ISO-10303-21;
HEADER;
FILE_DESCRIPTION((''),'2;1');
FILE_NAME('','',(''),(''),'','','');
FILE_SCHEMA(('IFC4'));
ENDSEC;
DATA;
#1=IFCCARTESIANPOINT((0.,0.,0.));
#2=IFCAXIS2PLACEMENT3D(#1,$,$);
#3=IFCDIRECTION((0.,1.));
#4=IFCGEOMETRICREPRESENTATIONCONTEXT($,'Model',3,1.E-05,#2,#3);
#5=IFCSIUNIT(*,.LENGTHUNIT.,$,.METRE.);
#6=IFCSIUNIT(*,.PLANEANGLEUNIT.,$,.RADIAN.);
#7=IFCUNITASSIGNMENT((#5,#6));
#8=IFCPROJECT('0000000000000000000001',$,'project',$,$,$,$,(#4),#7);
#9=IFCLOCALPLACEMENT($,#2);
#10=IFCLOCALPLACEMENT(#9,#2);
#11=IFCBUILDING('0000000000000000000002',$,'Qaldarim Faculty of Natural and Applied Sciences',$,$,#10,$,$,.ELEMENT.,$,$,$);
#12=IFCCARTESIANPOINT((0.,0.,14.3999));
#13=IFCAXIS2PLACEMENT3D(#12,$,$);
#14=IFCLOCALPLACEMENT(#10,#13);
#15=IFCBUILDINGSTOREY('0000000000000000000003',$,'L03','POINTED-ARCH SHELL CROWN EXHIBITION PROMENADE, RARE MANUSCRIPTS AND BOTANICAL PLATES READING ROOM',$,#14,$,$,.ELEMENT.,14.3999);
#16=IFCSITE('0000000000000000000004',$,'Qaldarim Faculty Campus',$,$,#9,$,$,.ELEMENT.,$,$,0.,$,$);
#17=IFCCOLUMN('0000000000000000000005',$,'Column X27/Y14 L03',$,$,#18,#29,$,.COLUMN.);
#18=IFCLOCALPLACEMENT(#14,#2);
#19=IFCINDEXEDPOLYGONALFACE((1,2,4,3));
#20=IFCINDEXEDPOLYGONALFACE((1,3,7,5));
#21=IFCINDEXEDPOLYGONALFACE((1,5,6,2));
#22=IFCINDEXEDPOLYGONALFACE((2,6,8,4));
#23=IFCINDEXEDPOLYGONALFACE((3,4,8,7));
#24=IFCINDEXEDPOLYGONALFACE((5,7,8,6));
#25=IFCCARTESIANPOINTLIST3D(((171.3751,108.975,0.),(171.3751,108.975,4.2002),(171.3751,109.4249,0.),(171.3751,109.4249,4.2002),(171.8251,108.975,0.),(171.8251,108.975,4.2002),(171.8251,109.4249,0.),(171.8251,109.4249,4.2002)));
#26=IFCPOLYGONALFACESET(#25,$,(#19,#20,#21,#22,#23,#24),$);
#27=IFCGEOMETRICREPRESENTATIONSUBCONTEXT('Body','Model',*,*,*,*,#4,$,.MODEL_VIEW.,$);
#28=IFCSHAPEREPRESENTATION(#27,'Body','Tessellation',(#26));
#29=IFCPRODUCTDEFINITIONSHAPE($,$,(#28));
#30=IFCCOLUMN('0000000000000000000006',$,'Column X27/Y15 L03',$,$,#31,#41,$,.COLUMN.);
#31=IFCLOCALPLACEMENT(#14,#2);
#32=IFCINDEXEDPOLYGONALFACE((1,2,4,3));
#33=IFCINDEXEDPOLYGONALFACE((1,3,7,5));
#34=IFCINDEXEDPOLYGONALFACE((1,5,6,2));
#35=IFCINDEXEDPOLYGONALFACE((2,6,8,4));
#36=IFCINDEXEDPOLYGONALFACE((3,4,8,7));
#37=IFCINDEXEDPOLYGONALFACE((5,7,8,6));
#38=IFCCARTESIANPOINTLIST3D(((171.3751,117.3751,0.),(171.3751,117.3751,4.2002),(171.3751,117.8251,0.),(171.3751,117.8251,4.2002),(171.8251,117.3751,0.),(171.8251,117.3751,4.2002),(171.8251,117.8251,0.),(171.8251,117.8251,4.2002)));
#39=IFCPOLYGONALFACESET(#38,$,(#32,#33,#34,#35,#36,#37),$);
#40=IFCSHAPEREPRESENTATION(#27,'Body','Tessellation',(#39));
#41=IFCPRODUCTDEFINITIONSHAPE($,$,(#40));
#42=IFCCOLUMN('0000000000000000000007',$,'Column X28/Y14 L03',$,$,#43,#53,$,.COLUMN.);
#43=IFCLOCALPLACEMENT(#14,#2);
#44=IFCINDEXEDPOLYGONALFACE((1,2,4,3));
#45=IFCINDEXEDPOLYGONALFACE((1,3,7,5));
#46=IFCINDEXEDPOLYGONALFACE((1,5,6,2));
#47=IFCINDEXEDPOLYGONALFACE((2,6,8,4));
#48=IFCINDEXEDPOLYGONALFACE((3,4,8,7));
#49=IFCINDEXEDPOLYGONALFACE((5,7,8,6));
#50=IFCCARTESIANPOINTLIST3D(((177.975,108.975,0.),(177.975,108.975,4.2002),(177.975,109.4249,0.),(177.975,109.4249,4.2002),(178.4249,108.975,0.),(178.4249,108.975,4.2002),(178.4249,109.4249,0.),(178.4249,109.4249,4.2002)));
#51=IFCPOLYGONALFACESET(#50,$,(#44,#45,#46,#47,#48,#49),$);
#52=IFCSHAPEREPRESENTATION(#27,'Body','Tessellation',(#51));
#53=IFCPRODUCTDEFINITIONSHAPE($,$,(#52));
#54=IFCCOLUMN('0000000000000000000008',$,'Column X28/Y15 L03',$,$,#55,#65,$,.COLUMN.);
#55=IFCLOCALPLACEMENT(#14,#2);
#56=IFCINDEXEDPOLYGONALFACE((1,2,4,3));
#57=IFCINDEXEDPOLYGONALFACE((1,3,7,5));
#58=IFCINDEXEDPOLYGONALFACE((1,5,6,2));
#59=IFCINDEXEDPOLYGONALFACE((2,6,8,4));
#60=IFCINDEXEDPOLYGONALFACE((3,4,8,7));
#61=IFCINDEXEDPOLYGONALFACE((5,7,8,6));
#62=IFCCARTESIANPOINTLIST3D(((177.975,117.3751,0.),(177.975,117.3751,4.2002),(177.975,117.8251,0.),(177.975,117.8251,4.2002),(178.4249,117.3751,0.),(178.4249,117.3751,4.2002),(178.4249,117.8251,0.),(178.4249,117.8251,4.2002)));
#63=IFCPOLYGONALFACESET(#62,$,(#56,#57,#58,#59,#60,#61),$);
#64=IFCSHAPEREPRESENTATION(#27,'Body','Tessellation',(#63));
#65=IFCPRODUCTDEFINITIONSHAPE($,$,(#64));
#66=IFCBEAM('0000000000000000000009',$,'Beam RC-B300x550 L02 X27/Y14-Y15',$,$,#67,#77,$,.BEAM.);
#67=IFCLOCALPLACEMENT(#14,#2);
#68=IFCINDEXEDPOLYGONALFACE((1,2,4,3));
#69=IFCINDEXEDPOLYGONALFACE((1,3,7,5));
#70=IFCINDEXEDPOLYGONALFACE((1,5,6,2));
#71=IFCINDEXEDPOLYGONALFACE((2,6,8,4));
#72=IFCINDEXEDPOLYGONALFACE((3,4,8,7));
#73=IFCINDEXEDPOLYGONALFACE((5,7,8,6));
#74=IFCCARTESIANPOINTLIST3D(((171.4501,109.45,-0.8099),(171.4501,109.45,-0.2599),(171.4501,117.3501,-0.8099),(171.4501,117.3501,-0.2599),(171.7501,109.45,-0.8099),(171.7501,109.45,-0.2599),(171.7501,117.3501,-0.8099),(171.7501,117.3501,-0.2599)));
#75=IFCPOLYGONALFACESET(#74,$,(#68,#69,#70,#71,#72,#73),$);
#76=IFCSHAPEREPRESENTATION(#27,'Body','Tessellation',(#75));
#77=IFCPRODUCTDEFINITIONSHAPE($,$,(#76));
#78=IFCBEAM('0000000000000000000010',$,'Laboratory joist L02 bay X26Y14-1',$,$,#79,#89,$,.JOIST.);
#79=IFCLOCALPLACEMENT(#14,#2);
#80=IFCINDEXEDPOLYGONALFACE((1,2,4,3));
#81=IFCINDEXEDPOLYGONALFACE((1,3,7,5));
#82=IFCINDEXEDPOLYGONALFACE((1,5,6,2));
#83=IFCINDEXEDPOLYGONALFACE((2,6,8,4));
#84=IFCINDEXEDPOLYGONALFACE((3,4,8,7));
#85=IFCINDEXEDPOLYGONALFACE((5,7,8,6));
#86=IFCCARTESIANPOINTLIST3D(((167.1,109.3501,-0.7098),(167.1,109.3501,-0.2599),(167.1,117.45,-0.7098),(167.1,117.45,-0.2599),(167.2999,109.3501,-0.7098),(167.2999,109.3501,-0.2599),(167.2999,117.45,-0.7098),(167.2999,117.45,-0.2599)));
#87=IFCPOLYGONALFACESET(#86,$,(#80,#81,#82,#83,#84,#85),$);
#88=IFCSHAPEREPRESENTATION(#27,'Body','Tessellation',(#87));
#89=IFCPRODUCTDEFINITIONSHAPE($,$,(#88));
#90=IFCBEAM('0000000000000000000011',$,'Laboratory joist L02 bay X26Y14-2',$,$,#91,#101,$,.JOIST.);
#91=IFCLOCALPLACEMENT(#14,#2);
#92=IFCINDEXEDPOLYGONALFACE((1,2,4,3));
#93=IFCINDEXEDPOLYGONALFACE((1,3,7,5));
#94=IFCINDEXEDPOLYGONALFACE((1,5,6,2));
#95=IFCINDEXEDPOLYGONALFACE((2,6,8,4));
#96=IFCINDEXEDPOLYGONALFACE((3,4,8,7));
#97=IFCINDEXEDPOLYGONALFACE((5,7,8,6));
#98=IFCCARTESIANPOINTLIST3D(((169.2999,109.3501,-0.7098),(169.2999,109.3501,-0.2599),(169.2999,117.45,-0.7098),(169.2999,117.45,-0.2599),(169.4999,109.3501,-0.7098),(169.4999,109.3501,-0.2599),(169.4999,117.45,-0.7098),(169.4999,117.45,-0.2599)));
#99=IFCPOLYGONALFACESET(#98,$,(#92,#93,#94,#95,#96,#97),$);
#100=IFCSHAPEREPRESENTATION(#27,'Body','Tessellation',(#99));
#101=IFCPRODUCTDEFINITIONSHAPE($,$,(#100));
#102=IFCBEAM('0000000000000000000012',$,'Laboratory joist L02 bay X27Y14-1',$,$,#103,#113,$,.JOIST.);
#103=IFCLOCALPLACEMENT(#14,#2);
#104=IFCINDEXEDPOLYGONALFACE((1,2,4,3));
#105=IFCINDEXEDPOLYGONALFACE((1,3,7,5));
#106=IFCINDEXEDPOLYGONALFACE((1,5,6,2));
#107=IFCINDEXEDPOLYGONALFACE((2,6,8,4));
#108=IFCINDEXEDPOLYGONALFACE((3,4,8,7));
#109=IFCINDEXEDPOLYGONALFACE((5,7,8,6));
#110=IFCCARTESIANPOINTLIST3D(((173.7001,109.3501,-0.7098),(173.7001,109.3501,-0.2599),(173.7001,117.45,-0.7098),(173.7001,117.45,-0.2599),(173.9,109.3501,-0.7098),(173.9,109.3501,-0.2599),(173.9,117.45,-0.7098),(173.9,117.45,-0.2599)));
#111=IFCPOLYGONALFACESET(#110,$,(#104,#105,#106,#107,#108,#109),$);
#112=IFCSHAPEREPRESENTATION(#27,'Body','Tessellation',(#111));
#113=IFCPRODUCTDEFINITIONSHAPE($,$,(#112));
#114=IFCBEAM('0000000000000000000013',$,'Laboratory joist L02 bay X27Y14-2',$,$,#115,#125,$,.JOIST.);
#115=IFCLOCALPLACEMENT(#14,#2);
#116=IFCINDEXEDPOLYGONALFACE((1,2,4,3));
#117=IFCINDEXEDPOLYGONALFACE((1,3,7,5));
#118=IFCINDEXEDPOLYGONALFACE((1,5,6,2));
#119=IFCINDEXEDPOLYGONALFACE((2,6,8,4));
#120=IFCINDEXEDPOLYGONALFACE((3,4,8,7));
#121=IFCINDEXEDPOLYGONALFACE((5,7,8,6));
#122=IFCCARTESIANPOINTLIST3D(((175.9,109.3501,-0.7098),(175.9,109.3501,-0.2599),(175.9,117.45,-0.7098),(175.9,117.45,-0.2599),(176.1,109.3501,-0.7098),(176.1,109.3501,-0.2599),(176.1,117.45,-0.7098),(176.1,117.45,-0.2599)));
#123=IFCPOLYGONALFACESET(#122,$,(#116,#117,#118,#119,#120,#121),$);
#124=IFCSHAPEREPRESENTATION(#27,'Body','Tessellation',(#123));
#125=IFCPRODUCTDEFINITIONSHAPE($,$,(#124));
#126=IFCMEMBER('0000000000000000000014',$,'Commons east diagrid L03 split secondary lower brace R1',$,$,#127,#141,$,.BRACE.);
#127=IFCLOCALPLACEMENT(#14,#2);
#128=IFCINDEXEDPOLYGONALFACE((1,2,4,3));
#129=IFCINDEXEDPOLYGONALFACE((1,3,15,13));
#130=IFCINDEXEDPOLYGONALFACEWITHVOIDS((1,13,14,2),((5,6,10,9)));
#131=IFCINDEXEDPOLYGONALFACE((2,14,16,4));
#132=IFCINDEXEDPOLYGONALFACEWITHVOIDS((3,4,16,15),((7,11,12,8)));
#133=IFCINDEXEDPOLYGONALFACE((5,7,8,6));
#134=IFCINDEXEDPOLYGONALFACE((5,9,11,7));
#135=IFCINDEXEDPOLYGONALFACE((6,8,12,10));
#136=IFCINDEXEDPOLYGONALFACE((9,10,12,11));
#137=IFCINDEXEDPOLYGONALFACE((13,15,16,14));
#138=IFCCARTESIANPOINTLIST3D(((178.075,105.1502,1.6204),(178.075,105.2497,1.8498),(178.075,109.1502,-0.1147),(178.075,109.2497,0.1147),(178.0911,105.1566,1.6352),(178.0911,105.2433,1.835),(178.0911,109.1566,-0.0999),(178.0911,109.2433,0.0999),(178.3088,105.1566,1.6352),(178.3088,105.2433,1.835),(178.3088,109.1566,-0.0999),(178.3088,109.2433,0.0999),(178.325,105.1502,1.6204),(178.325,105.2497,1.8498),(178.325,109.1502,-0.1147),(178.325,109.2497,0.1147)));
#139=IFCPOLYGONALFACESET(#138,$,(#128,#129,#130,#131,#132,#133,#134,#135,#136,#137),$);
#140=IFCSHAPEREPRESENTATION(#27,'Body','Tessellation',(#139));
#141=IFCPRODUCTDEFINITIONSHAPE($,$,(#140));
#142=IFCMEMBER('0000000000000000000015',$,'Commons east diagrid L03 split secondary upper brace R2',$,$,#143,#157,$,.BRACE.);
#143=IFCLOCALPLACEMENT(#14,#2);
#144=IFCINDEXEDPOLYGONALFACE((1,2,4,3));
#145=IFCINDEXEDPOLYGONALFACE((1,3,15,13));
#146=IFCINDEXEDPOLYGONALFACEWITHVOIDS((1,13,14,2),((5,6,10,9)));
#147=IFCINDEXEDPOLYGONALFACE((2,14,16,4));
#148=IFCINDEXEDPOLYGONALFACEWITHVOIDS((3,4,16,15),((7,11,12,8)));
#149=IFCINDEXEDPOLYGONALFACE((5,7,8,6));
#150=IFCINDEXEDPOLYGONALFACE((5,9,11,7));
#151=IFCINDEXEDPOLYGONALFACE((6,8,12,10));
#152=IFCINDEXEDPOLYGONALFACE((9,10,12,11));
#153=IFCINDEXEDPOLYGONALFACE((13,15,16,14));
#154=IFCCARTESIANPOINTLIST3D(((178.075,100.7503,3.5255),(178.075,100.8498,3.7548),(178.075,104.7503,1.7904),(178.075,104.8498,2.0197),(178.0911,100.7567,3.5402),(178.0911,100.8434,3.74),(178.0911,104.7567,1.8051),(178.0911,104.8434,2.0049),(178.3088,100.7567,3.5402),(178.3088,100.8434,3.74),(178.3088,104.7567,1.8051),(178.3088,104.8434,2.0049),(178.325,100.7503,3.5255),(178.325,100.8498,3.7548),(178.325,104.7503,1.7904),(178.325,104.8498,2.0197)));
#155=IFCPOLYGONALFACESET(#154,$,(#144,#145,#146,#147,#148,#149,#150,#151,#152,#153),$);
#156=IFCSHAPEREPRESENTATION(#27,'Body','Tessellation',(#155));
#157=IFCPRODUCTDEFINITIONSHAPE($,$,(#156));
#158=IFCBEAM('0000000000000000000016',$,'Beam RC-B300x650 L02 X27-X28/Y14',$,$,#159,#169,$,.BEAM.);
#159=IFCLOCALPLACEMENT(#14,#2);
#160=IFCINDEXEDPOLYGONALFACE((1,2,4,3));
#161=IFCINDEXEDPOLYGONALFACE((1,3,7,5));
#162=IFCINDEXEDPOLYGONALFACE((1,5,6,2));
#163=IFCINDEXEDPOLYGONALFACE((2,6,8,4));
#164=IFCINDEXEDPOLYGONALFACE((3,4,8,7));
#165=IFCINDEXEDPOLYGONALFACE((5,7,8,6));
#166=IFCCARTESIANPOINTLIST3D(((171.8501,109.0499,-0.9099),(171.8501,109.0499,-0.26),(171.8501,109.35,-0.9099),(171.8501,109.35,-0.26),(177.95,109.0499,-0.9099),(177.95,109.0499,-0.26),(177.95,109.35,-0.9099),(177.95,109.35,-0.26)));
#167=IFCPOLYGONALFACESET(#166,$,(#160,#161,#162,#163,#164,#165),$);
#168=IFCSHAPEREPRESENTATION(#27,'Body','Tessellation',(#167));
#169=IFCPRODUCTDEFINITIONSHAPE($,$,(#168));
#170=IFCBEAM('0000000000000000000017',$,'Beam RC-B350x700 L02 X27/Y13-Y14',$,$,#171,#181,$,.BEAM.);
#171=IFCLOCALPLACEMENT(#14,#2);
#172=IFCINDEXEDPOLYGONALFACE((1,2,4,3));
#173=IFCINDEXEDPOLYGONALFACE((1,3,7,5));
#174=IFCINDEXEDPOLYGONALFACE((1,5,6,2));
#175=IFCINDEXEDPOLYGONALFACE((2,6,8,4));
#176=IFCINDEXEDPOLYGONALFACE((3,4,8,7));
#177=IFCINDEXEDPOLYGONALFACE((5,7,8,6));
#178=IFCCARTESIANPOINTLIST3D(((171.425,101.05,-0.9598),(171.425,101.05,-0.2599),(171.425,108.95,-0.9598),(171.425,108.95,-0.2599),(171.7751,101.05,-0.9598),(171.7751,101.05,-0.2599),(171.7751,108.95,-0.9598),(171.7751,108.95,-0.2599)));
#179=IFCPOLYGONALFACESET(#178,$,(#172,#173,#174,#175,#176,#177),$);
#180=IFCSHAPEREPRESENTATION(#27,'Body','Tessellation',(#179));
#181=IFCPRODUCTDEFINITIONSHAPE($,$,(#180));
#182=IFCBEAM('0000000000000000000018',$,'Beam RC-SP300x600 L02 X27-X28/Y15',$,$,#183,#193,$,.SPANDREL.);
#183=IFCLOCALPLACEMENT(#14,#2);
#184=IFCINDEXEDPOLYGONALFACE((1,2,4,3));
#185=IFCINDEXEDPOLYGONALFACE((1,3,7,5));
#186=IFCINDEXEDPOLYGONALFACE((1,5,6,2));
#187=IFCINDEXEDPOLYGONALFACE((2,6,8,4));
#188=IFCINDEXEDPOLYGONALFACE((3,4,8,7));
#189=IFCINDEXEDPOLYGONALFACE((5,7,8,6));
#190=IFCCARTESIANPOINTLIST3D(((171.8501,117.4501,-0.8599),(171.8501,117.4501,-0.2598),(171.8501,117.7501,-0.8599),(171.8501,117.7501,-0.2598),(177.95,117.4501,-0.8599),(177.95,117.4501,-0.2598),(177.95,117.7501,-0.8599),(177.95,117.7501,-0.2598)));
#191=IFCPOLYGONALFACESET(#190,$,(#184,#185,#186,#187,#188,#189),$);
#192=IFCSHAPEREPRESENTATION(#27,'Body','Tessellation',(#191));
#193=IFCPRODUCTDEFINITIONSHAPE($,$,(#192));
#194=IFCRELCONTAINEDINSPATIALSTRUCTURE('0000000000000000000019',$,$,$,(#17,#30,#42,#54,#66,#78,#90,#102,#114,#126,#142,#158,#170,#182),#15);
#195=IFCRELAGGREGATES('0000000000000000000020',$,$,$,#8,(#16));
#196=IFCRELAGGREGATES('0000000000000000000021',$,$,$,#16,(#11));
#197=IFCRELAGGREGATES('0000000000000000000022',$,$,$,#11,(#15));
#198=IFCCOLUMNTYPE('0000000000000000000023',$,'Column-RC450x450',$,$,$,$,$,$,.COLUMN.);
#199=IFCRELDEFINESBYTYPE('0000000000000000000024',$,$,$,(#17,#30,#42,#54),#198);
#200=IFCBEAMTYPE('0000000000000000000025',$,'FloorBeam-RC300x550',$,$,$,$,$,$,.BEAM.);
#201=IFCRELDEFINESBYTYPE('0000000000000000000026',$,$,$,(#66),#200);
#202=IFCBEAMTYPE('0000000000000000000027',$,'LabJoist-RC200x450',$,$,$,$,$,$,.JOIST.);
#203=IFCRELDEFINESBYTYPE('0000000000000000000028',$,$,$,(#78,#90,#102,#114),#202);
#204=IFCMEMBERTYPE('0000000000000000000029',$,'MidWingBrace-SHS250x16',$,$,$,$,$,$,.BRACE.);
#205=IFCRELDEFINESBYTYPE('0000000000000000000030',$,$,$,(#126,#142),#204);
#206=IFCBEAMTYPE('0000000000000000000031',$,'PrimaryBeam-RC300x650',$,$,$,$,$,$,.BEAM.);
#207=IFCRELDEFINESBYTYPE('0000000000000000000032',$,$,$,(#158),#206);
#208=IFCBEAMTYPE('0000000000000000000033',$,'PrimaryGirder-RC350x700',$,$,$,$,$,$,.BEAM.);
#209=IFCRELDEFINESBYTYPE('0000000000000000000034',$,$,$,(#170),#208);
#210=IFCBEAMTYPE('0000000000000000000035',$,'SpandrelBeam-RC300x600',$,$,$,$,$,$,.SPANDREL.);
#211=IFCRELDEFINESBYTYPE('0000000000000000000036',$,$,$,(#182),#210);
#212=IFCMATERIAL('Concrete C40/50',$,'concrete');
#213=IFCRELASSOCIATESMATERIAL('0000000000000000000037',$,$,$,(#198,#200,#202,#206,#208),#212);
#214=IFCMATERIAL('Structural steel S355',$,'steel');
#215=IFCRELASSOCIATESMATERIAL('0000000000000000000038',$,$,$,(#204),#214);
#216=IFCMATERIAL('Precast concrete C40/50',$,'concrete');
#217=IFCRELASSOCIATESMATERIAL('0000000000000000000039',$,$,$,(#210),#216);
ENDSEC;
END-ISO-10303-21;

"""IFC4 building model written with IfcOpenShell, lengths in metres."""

from ifc_helpers import new_model, si_unit, direction, frame, origin, origin_2d, place, context, subcontext, project, spatial, rectangle, hollow_rectangle, extrude, material, material_profile, profile_set, type_object, element, save


model = new_model("IFC4")

# Units and contexts
model_context = context("Model", 3, precision=1e-05, world=origin(), true_north=direction((0.0, 1.0)))
body_context = subcontext(model_context, "Body", "Model", "MODEL_VIEW")
ifc_project = project(units=[si_unit("LENGTHUNIT", "METRE"), si_unit("PLANEANGLEUNIT", "RADIAN")], contexts=[model_context])

# Site, building, storey
site_placement = place(None, origin())
site = spatial("IfcSite", under=ifc_project, at=site_placement, Name="Qaldarim Faculty Campus", CompositionType="ELEMENT", RefElevation=0.0)
building_placement = place(site_placement, origin())
building = spatial("IfcBuilding", under=site, at=building_placement, Name="Qaldarim Faculty of Natural and Applied Sciences", CompositionType="ELEMENT")
storey_placement = place(building_placement, frame((0.0, 0.0, 14.3999)))
storey = spatial("IfcBuildingStorey", under=building, at=storey_placement, Name="L03", Description="POINTED-ARCH SHELL CROWN EXHIBITION PROMENADE, RARE MANUSCRIPTS AND BOTANICAL PLATES READING ROOM", CompositionType="ELEMENT", Elevation=14.3999)

# Columns
ifc_material_1 = material(Name="Concrete C40/50", Category="concrete")
ifc_material_profile_1 = material_profile(ifc_material_1, rectangle(XDim=0.45, YDim=0.45, at=origin_2d()), Name="RC-C450x450")
ifc_profile_set_1 = profile_set([ifc_material_profile_1], Name="Concrete C40/50")
column_type = type_object("IfcColumnType", Name="Column-RC450x450", PredefinedType="COLUMN", material=ifc_profile_set_1)
for number, where, z_axis, x_axis, name in (
    (1, (171.6001, 109.2, 0.0), (0.0, 0.0, 1.0), (1.0, 0.0, 0.0), "Column X27/Y14 L03"),
    (2, (171.6001, 117.6001, 0.0), (0.0, 0.0, 1.0), (1.0, 0.0, 0.0), "Column X27/Y15 L03"),
    (3, (178.2, 109.2, 0.0), (0.0, 0.0, 1.0), (1.0, 0.0, 0.0), "Column X28/Y14 L03"),
    (4, (178.2, 117.6001, 0.0), (0.0, 0.0, 1.0), (1.0, 0.0, 0.0), "Column X28/Y15 L03"),
):
    element("IfcColumn", number, at=place(storey_placement, frame(where, z_axis=z_axis, x_axis=x_axis)), inside=storey, type_object=column_type, Name=name, PredefinedType="COLUMN", context=body_context, shape_type="SweptSolid", body=[
        extrude(rectangle(XDim=0.45, YDim=0.45, at=origin_2d()), origin(), (0.0, 0.0, 1.0), 4.2002),
    ])

# Beams
ifc_material_profile_2 = material_profile(ifc_material_1, rectangle(XDim=0.3, YDim=0.55, at=origin_2d()), Name="RC-B300x550")
ifc_profile_set_2 = profile_set([ifc_material_profile_2], Name="Concrete C40/50")
beam_type_1 = type_object("IfcBeamType", Name="FloorBeam-RC300x550", PredefinedType="BEAM", material=ifc_profile_set_2)
beam_1_placement = place(storey_placement, frame((171.6001, 109.45, -0.5349), z_axis=(0.0, 1.0, 0.0), x_axis=(-1.0, 0.0, 0.0)))
element("IfcBeam", 5, at=beam_1_placement, inside=storey, type_object=beam_type_1, Name="Beam RC-B300x550 L02 X27/Y14-Y15", PredefinedType="BEAM", context=body_context, shape_type="SweptSolid", body=[
    extrude(rectangle(XDim=0.3, YDim=0.55, at=origin_2d()), origin(), (0.0, 0.0, 1.0), 7.9001),
])
ifc_material_profile_3 = material_profile(ifc_material_1, rectangle(XDim=0.2, YDim=0.45, at=origin_2d()), Name="RC-J200x450")
ifc_profile_set_3 = profile_set([ifc_material_profile_3], Name="Concrete C40/50")
beam_type_2 = type_object("IfcBeamType", Name="LabJoist-RC200x450", PredefinedType="JOIST", material=ifc_profile_set_3)
for number, where, z_axis, x_axis, name in (
    (6, (167.2, 109.3501, -0.4849), (0.0, 1.0, 0.0), (-1.0, 0.0, 0.0), "Laboratory joist L02 bay X26Y14-1"),
    (7, (169.3999, 109.3501, -0.4849), (0.0, 1.0, 0.0), (-1.0, 0.0, 0.0), "Laboratory joist L02 bay X26Y14-2"),
    (8, (173.8, 109.3501, -0.4849), (0.0, 1.0, 0.0), (-1.0, 0.0, 0.0), "Laboratory joist L02 bay X27Y14-1"),
    (9, (176.0, 109.3501, -0.4849), (0.0, 1.0, 0.0), (-1.0, 0.0, 0.0), "Laboratory joist L02 bay X27Y14-2"),
):
    element("IfcBeam", number, at=place(storey_placement, frame(where, z_axis=z_axis, x_axis=x_axis)), inside=storey, type_object=beam_type_2, Name=name, PredefinedType="JOIST", context=body_context, shape_type="SweptSolid", body=[
        extrude(rectangle(XDim=0.2, YDim=0.45, at=origin_2d()), origin(), (0.0, 0.0, 1.0), 8.0999),
    ])

# Members
ifc_material_2 = material(Name="Structural steel S355", Category="steel")
ifc_material_profile_4 = material_profile(ifc_material_2, hollow_rectangle(XDim=0.25, YDim=0.25, WallThickness=0.0161, at=origin_2d()), Name="SHS 250x250x16.0")
ifc_profile_set_4 = profile_set([ifc_material_profile_4], Name="Structural steel S355")
member_type = type_object("IfcMemberType", Name="MidWingBrace-SHS250x16", PredefinedType="BRACE", material=ifc_profile_set_4)
for number, where, z_axis, x_axis, name in (
    (10, (178.2, 109.2, 0.0), (0.0, -0.917407, 0.39795), (1.0, 0.0, 0.0), "Commons east diagrid L03 split secondary lower brace R1"),
    (11, (178.2, 104.8, 1.905), (0.0, -0.917407, 0.39795), (1.0, 0.0, 0.0), "Commons east diagrid L03 split secondary upper brace R2"),
):
    element("IfcMember", number, at=place(storey_placement, frame(where, z_axis=z_axis, x_axis=x_axis)), inside=storey, type_object=member_type, Name=name, PredefinedType="BRACE", context=body_context, shape_type="SweptSolid", body=[
        extrude(hollow_rectangle(XDim=0.25, YDim=0.25, WallThickness=0.0161, at=origin_2d()), origin(), (0.0, 0.0, 1.0), 4.3601),
    ])

# Beams
ifc_material_profile_5 = material_profile(ifc_material_1, rectangle(XDim=0.3, YDim=0.6499, at=origin_2d()), Name="RC-B300x650")
ifc_profile_set_5 = profile_set([ifc_material_profile_5], Name="Concrete C40/50")
beam_type_3 = type_object("IfcBeamType", Name="PrimaryBeam-RC300x650", PredefinedType="BEAM", material=ifc_profile_set_5)
beam_2_placement = place(storey_placement, frame((171.8501, 109.2, -0.585), z_axis=(1.0, 0.0, 0.0), x_axis=(0.0, 1.0, 0.0)))
element("IfcBeam", 12, at=beam_2_placement, inside=storey, type_object=beam_type_3, Name="Beam RC-B300x650 L02 X27-X28/Y14", PredefinedType="BEAM", context=body_context, shape_type="SweptSolid", body=[
    extrude(rectangle(XDim=0.3, YDim=0.6499, at=origin_2d()), origin(), (0.0, 0.0, 1.0), 6.0999),
])
ifc_material_profile_6 = material_profile(ifc_material_1, rectangle(XDim=0.3501, YDim=0.7, at=origin_2d()), Name="RC-B350x700")
ifc_profile_set_6 = profile_set([ifc_material_profile_6], Name="Concrete C40/50")
beam_type_4 = type_object("IfcBeamType", Name="PrimaryGirder-RC350x700", PredefinedType="BEAM", material=ifc_profile_set_6)
beam_3_placement = place(storey_placement, frame((171.6001, 101.05, -0.6099), z_axis=(0.0, 1.0, 0.0), x_axis=(-1.0, 0.0, 0.0)))
element("IfcBeam", 13, at=beam_3_placement, inside=storey, type_object=beam_type_4, Name="Beam RC-B350x700 L02 X27/Y13-Y14", PredefinedType="BEAM", context=body_context, shape_type="SweptSolid", body=[
    extrude(rectangle(XDim=0.3501, YDim=0.7, at=origin_2d()), origin(), (0.0, 0.0, 1.0), 7.8999),
])
ifc_material_3 = material(Name="Precast concrete C40/50", Category="concrete")
ifc_material_profile_7 = material_profile(ifc_material_3, rectangle(XDim=0.3, YDim=0.6001, at=origin_2d()), Name="RC-SP300x600")
ifc_profile_set_7 = profile_set([ifc_material_profile_7], Name="Precast concrete C40/50")
beam_type_5 = type_object("IfcBeamType", Name="SpandrelBeam-RC300x600", PredefinedType="SPANDREL", material=ifc_profile_set_7)
beam_4_placement = place(storey_placement, frame((171.8501, 117.6001, -0.5598), z_axis=(1.0, 0.0, 0.0), x_axis=(0.0, 1.0, 0.0)))
element("IfcBeam", 14, at=beam_4_placement, inside=storey, type_object=beam_type_5, Name="Beam RC-SP300x600 L02 X27-X28/Y15", PredefinedType="SPANDREL", context=body_context, shape_type="SweptSolid", body=[
    extrude(rectangle(XDim=0.3, YDim=0.6001, at=origin_2d()), origin(), (0.0, 0.0, 1.0), 6.0999),
])

save(model, "model.ifc")
